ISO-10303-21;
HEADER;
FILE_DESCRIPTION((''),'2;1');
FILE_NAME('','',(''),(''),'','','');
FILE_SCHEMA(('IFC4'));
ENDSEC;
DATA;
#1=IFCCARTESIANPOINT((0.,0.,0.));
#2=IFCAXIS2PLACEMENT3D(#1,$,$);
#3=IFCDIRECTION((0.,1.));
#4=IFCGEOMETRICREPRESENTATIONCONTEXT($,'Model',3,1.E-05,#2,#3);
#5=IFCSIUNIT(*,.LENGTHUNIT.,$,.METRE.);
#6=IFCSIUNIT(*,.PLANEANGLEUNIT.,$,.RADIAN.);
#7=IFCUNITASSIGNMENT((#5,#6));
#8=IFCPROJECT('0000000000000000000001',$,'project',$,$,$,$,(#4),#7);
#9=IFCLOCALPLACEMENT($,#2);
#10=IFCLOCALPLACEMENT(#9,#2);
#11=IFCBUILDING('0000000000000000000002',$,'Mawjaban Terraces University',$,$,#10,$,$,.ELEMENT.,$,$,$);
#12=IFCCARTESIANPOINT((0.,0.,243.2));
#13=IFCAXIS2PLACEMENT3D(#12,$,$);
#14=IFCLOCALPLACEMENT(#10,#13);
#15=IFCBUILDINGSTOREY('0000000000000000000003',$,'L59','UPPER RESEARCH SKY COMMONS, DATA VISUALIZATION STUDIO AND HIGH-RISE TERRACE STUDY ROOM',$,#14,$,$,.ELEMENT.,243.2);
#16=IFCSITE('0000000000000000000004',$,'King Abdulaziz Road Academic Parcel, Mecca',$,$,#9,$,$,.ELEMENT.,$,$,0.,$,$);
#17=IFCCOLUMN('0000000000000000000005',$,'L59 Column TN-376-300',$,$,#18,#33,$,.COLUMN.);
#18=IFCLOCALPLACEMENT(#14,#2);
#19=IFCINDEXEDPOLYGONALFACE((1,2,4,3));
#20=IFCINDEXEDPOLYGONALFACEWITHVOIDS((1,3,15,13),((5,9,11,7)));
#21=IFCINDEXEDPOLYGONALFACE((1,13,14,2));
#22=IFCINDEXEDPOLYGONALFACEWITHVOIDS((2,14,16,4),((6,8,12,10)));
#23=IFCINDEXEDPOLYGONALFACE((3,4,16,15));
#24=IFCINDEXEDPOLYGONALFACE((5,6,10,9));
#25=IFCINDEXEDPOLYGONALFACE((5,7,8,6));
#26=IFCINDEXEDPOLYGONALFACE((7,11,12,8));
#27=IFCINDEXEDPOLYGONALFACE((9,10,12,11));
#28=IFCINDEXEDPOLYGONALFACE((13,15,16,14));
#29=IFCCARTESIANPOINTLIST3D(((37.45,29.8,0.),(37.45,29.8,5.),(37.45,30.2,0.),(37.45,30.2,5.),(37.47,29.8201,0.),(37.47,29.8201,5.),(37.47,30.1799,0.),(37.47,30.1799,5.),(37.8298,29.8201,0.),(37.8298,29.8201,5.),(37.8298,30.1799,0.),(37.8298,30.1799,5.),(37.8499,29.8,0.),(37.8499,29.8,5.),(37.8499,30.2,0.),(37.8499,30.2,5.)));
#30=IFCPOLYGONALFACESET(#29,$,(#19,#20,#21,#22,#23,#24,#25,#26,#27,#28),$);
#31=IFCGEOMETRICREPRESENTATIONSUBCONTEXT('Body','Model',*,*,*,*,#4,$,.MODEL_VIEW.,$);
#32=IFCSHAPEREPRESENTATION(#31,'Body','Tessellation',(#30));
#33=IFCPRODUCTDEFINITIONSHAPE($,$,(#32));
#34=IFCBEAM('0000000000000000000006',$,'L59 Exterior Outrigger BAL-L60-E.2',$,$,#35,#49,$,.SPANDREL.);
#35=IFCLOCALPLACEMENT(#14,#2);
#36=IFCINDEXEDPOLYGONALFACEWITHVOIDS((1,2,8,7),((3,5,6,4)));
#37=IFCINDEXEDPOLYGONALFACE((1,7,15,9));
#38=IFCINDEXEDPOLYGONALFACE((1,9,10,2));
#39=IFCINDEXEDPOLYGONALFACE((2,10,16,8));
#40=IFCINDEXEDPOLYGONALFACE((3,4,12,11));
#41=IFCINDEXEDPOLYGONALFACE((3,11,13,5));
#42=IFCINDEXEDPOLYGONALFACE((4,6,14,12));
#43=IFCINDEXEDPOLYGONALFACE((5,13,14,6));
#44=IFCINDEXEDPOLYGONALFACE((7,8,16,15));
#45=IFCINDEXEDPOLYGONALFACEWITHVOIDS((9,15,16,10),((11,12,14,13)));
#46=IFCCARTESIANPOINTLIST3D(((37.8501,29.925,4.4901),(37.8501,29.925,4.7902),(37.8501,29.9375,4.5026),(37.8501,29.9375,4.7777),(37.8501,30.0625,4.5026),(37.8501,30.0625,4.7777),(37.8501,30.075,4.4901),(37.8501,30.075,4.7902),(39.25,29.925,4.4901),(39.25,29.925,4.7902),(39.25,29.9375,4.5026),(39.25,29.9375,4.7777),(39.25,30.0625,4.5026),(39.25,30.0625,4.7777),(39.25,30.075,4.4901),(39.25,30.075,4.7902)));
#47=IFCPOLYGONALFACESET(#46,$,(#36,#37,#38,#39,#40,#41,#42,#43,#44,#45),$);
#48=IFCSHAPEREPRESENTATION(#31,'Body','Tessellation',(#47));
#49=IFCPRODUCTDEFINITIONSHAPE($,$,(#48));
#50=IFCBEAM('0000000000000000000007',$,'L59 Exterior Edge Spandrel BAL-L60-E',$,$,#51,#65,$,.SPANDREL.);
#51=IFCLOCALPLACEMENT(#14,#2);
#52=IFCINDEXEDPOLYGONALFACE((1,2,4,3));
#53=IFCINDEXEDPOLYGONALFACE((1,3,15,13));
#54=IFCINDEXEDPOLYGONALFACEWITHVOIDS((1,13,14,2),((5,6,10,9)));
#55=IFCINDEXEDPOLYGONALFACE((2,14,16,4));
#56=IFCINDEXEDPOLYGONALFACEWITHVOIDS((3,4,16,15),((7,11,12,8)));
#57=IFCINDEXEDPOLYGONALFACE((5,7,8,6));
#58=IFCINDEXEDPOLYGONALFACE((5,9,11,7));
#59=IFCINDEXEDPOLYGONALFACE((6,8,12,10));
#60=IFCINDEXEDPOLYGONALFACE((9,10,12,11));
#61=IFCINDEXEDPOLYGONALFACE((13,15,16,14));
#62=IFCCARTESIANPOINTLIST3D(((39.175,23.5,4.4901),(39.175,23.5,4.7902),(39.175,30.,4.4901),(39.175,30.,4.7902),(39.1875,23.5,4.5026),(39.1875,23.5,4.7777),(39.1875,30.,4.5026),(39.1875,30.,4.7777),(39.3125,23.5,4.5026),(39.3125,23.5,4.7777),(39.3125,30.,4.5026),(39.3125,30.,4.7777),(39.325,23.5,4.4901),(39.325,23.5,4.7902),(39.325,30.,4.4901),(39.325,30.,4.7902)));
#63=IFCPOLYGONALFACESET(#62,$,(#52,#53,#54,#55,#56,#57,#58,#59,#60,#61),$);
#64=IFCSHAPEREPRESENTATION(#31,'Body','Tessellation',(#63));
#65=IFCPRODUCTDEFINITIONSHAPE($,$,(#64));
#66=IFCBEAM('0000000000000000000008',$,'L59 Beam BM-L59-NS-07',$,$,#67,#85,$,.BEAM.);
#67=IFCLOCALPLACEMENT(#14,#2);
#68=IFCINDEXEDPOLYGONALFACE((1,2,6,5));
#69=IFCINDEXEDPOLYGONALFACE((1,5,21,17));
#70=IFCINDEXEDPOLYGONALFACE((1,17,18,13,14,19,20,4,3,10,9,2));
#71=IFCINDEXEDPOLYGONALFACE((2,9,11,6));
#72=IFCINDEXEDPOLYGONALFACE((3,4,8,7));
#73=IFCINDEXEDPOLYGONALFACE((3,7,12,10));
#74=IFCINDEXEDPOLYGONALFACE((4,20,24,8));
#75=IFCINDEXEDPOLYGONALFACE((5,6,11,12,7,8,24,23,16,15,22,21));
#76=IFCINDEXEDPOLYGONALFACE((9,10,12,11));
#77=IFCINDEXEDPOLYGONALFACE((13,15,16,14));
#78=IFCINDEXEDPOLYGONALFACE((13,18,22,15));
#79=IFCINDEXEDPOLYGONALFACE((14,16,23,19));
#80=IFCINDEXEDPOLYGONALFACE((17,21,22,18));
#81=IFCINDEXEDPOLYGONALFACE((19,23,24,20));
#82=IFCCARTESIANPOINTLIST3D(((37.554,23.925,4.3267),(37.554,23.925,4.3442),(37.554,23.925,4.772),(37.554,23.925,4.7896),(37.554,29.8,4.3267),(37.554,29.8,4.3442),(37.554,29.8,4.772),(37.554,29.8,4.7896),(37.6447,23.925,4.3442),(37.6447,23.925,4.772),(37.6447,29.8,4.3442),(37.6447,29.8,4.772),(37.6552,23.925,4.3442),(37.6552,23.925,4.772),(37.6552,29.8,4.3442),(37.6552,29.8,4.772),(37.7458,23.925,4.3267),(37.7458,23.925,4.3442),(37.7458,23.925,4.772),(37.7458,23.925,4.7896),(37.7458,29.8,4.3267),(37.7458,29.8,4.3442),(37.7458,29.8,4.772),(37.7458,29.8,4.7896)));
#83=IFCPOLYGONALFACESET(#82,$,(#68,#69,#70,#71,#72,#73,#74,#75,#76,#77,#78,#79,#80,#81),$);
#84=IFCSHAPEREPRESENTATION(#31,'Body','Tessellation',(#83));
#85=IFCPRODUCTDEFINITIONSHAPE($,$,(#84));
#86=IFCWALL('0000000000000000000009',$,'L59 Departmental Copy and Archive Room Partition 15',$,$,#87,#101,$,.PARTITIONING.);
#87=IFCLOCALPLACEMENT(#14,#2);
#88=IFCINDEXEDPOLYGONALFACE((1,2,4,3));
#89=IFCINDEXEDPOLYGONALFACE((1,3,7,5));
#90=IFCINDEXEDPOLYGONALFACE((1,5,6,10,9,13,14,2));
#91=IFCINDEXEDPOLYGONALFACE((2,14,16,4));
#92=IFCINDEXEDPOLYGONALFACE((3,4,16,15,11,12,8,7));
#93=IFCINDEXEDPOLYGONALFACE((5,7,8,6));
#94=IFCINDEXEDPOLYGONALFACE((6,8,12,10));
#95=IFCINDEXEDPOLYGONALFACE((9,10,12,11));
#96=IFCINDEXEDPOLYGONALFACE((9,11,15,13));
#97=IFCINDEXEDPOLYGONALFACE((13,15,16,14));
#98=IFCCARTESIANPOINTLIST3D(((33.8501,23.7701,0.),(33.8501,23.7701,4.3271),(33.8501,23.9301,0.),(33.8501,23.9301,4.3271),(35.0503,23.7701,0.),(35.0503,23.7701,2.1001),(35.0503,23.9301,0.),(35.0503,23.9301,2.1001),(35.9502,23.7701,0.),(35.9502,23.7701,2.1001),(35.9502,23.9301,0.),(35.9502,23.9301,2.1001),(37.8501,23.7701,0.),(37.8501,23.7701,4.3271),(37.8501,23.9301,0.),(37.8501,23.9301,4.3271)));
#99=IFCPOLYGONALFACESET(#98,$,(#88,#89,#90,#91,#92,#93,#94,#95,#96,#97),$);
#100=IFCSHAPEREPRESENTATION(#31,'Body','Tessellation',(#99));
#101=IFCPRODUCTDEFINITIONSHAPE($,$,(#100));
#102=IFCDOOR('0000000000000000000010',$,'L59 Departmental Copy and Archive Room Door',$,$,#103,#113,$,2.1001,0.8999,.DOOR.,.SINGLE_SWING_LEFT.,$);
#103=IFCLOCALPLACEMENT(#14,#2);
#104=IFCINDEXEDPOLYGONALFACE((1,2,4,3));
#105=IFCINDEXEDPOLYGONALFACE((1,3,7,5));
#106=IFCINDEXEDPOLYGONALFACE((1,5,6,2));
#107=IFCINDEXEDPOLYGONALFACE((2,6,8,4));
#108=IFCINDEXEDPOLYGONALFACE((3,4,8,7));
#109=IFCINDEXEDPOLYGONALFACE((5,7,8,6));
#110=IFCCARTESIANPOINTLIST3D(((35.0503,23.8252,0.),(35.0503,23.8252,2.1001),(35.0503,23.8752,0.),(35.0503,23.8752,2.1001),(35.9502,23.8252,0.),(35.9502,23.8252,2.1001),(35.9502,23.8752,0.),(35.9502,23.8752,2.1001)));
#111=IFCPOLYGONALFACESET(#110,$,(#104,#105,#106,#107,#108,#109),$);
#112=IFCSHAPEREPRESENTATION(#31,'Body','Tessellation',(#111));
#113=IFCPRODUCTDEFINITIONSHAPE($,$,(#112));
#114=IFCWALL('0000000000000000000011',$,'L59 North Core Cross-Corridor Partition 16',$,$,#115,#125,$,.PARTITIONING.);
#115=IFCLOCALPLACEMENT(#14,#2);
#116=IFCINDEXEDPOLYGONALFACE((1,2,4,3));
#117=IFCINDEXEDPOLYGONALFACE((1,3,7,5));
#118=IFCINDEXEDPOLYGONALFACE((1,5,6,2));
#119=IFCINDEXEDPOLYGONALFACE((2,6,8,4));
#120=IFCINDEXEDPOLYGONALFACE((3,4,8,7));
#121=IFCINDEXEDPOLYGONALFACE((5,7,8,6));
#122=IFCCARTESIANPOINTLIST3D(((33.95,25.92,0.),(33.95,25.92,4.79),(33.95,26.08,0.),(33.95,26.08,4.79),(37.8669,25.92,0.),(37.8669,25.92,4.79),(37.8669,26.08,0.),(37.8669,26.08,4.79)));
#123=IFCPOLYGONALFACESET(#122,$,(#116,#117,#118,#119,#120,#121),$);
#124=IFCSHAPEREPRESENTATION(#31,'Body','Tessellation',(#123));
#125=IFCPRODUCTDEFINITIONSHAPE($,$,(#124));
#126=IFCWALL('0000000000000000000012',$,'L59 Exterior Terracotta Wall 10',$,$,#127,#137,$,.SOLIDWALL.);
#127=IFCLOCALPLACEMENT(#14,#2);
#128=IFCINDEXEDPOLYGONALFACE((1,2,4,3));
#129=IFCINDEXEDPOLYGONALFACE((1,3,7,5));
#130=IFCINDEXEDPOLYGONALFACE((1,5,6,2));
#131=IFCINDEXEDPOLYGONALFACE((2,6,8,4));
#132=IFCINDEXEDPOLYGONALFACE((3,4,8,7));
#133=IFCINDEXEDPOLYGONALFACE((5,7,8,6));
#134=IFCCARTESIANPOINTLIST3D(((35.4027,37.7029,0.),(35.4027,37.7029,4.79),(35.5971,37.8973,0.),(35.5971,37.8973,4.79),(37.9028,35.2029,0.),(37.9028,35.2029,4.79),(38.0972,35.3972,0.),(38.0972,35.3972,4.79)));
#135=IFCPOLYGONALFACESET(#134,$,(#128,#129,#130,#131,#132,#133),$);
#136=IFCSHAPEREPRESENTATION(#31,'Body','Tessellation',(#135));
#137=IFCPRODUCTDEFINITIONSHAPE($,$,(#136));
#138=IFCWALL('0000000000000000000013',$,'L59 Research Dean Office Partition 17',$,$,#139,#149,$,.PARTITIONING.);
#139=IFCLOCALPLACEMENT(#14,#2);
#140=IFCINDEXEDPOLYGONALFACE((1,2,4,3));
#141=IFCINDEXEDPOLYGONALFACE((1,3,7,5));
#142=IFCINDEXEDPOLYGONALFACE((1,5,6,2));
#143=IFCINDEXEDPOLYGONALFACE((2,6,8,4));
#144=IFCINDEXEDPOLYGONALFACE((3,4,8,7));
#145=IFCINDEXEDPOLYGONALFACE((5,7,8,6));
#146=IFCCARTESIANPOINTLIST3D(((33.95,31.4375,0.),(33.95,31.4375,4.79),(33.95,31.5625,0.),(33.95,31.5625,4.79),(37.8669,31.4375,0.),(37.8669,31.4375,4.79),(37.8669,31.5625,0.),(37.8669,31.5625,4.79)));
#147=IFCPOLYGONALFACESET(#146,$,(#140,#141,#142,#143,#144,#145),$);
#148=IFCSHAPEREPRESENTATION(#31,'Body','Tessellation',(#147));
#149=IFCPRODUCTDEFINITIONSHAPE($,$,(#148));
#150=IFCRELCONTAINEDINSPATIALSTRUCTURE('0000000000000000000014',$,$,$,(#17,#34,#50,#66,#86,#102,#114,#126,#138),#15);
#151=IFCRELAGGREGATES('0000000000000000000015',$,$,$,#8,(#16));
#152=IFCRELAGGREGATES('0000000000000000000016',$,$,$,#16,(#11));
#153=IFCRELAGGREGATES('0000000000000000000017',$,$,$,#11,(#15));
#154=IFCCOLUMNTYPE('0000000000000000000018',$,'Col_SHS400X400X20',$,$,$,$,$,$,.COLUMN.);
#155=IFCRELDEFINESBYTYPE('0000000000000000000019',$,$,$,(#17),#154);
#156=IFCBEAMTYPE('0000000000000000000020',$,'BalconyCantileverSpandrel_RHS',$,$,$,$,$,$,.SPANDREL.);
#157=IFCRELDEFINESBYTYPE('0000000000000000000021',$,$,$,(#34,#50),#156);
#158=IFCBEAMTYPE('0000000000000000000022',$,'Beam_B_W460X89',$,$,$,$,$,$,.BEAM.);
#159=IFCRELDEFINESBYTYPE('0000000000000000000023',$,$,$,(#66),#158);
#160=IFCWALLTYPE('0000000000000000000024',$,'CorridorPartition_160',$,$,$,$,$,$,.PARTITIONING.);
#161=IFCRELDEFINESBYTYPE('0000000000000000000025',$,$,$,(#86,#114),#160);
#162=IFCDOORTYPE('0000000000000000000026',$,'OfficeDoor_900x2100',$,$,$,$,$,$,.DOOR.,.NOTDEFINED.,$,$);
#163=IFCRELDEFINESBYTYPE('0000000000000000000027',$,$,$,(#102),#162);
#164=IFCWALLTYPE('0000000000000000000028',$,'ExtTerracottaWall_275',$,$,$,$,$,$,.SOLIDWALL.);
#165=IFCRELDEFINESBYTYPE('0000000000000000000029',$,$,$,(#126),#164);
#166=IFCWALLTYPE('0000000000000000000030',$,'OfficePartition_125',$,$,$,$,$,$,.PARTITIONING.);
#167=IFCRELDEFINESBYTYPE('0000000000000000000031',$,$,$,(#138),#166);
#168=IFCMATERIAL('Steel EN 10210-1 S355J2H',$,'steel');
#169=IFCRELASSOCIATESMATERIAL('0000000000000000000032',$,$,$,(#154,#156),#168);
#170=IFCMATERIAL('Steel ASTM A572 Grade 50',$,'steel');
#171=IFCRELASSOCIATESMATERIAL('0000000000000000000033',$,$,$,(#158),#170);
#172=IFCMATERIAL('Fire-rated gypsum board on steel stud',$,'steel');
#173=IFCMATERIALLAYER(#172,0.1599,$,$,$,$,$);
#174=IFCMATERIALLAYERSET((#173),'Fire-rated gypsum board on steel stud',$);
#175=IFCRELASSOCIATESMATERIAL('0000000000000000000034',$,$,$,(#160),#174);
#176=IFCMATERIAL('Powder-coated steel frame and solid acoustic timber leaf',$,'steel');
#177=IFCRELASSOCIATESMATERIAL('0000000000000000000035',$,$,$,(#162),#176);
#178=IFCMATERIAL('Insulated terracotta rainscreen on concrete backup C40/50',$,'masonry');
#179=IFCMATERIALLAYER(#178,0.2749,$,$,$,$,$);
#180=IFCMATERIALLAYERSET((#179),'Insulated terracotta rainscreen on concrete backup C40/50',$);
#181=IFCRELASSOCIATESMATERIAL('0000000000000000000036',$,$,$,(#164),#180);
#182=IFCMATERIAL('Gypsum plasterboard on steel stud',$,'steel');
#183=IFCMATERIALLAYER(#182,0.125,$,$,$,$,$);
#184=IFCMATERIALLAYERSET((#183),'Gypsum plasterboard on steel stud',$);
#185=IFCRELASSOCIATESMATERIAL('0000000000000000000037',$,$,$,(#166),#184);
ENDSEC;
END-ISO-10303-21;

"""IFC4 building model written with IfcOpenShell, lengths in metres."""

from ifc_helpers import new_model, si_unit, direction, frame, frame_2d, origin, origin_2d, place, context, subcontext, project, spatial, rectangle, hollow_rectangle, i_section, extrude, material, layer, layer_set, material_profile, profile_set, type_object, element, fill, save


model = new_model("IFC4")

# Units and contexts
model_context = context("Model", 3, precision=1e-05, world=origin(), true_north=direction((0.0, 1.0)))
body_context = subcontext(model_context, "Body", "Model", "MODEL_VIEW")
ifc_project = project(units=[si_unit("LENGTHUNIT", "METRE"), si_unit("PLANEANGLEUNIT", "RADIAN")], contexts=[model_context])

# Site, building, storey
site_placement = place(None, origin())
site = spatial("IfcSite", under=ifc_project, at=site_placement, Name="King Abdulaziz Road Academic Parcel, Mecca", CompositionType="ELEMENT", RefElevation=0.0)
building_placement = place(site_placement, origin())
building = spatial("IfcBuilding", under=site, at=building_placement, Name="Mawjaban Terraces University", CompositionType="ELEMENT")
storey_placement = place(building_placement, frame((0.0, 0.0, 243.2)))
storey = spatial("IfcBuildingStorey", under=building, at=storey_placement, Name="L59", Description="UPPER RESEARCH SKY COMMONS, DATA VISUALIZATION STUDIO AND HIGH-RISE TERRACE STUDY ROOM", CompositionType="ELEMENT", Elevation=243.2)

# Column
ifc_material_1 = material(Name="Steel EN 10210-1 S355J2H", Category="steel")
ifc_material_profile_1 = material_profile(ifc_material_1, hollow_rectangle(XDim=0.3999, YDim=0.3999, WallThickness=0.02, at=origin_2d()), Name="SHS400X400X20")
ifc_profile_set_1 = profile_set([ifc_material_profile_1], Name="Steel EN 10210-1 S355J2H")
column_type = type_object("IfcColumnType", Name="Col_SHS400X400X20", PredefinedType="COLUMN", material=ifc_profile_set_1)
column_placement = place(storey_placement, frame((37.6499, 30.0, 0.0), z_axis=(0.0, 0.0, 1.0), x_axis=(1.0, 0.0, 0.0)))
element("IfcColumn", 1, at=column_placement, inside=storey, type_object=column_type, Name="L59 Column TN-376-300", PredefinedType="COLUMN", context=body_context, shape_type="SweptSolid", body=[
    extrude(hollow_rectangle(XDim=0.3999, YDim=0.3999, WallThickness=0.02, at=origin_2d()), origin(), (0.0, 0.0, 1.0), 5.0),
])

# Beams
ifc_material_profile_2 = material_profile(ifc_material_1, hollow_rectangle(XDim=0.1499, YDim=0.3, WallThickness=0.0125, at=origin_2d()), Name="RHS300X150X12.5")
ifc_profile_set_2 = profile_set([ifc_material_profile_2], Name="Steel EN 10210-1 S355J2H")
beam_type_1 = type_object("IfcBeamType", Name="BalconyCantileverSpandrel_RHS", PredefinedType="SPANDREL", material=ifc_profile_set_2)
beam_1_placement = place(storey_placement, frame((37.8501, 30.0, 4.6401), z_axis=(1.0, 0.0, 0.0), x_axis=(0.0, 1.0, 0.0)))
element("IfcBeam", 2, at=beam_1_placement, inside=storey, type_object=beam_type_1, Name="L59 Exterior Outrigger BAL-L60-E.2", PredefinedType="SPANDREL", context=body_context, shape_type="SweptSolid", body=[
    extrude(hollow_rectangle(XDim=0.1499, YDim=0.3, WallThickness=0.0125, at=origin_2d()), origin(), (0.0, 0.0, 1.0), 1.3999),
])
beam_2_placement = place(storey_placement, frame((39.25, 23.5, 4.6401), z_axis=(0.0, 1.0, 0.0), x_axis=(-1.0, 0.0, 0.0)))
element("IfcBeam", 3, at=beam_2_placement, inside=storey, type_object=beam_type_1, Name="L59 Exterior Edge Spandrel BAL-L60-E", PredefinedType="SPANDREL", context=body_context, shape_type="SweptSolid", body=[
    extrude(hollow_rectangle(XDim=0.1499, YDim=0.3, WallThickness=0.0125, at=origin_2d()), origin(), (0.0, 0.0, 1.0), 6.5),
])
ifc_material_2 = material(Name="Steel ASTM A572 Grade 50", Category="steel")
ifc_material_profile_3 = material_profile(ifc_material_2, i_section(OverallWidth=0.1919, OverallDepth=0.4629, WebThickness=0.0105, FlangeThickness=0.0176, at=origin_2d()), Name="W460X89")
ifc_profile_set_3 = profile_set([ifc_material_profile_3], Name="Steel ASTM A572 Grade 50")
beam_type_2 = type_object("IfcBeamType", Name="Beam_B_W460X89", PredefinedType="BEAM", material=ifc_profile_set_3)
beam_3_placement = place(storey_placement, frame((37.6499, 23.925, 4.5581), z_axis=(0.0, 1.0, 0.0), x_axis=(-1.0, 0.0, 0.0)))
element("IfcBeam", 4, at=beam_3_placement, inside=storey, type_object=beam_type_2, Name="L59 Beam BM-L59-NS-07", PredefinedType="BEAM", context=body_context, shape_type="SweptSolid", body=[
    extrude(i_section(OverallWidth=0.1919, OverallDepth=0.4629, WebThickness=0.0105, FlangeThickness=0.0176, at=origin_2d()), origin(), (0.0, 0.0, 1.0), 5.875),
])

# Wall, opening, door
ifc_material_3 = material(Name="Fire-rated gypsum board on steel stud", Category="steel")
ifc_layer_1 = layer(ifc_material_3, 0.1599)
ifc_layer_set_1 = layer_set([ifc_layer_1], Name="Fire-rated gypsum board on steel stud")
wall_type_1 = type_object("IfcWallType", Name="CorridorPartition_160", PredefinedType="PARTITIONING", material=ifc_layer_set_1)
wall_1_placement = place(storey_placement, frame((37.8501, 23.8501, 0.0), z_axis=(0.0, 0.0, 1.0), x_axis=(-1.0, 0.0, 0.0)))
wall_1 = element("IfcWall", 5, at=wall_1_placement, inside=storey, type_object=wall_type_1, Name="L59 Departmental Copy and Archive Room Partition 15", PredefinedType="PARTITIONING", context=body_context, shape_type="SweptSolid", body=[
    extrude(rectangle(XDim=4.0, YDim=0.1599, at=frame_2d((2.0, 0.0))), origin(), (0.0, 0.0, 1.0), 4.3271),
])
opening_placement = place(wall_1_placement, frame((1.8999, 0.0, 0.0)))
opening = element("IfcOpeningElement", 6, at=opening_placement, cuts=wall_1, PredefinedType="OPENING", context=body_context, shape_type="SweptSolid", body=[
    extrude(rectangle(XDim=0.8999, YDim=2.1001, at=frame_2d((0.45, 1.05))), frame((0.0, 0.0898, 0.0), z_axis=(0.0, -1.0, 0.0), x_axis=(1.0, 0.0, 0.0)), (0.0, 0.0, 1.0), 0.1799),
])
ifc_material_4 = material(Name="Powder-coated steel frame and solid acoustic timber leaf", Category="steel")
door_type = type_object("IfcDoorType", Name="OfficeDoor_900x2100", OperationType="NOTDEFINED", PredefinedType="DOOR", material=ifc_material_4)
door_placement = place(opening_placement, origin())
door = element("IfcDoor", 7, at=door_placement, inside=storey, type_object=door_type, Name="L59 Departmental Copy and Archive Room Door", OperationType="SINGLE_SWING_LEFT", OverallHeight=2.1001, OverallWidth=0.8999, PredefinedType="DOOR", context=body_context, shape_type="SweptSolid", body=[
    extrude(rectangle(XDim=0.8999, YDim=2.1001, at=frame_2d((0.45, 1.05))), frame((0.0, 0.0249, 0.0), z_axis=(0.0, -1.0, 0.0), x_axis=(1.0, 0.0, 0.0)), (0.0, 0.0, 1.0), 0.05),
])
fill(opening, door)

# Walls
wall_2_placement = place(storey_placement, frame((37.8669, 26.0, 0.0), z_axis=(0.0, 0.0, 1.0), x_axis=(-1.0, 0.0, 0.0)))
element("IfcWall", 8, at=wall_2_placement, inside=storey, type_object=wall_type_1, Name="L59 North Core Cross-Corridor Partition 16", PredefinedType="PARTITIONING", context=body_context, shape_type="SweptSolid", body=[
    extrude(rectangle(XDim=3.917, YDim=0.1599, at=frame_2d((1.9585, 0.0))), origin(), (0.0, 0.0, 1.0), 4.79),
])
ifc_material_5 = material(Name="Insulated terracotta rainscreen on concrete backup C40/50", Category="masonry")
ifc_layer_2 = layer(ifc_material_5, 0.2749)
ifc_layer_set_2 = layer_set([ifc_layer_2], Name="Insulated terracotta rainscreen on concrete backup C40/50")
wall_type_2 = type_object("IfcWallType", Name="ExtTerracottaWall_275", PredefinedType="SOLIDWALL", material=ifc_layer_set_2)
wall_3_placement = place(storey_placement, frame((38.0, 35.3, 0.0), z_axis=(0.0, 0.0, 1.0), x_axis=(-0.707107, 0.707107, 0.0)))
element("IfcWall", 9, at=wall_3_placement, inside=storey, type_object=wall_type_2, Name="L59 Exterior Terracotta Wall 10", PredefinedType="SOLIDWALL", context=body_context, shape_type="SweptSolid", body=[
    extrude(rectangle(XDim=3.5356, YDim=0.2749, at=frame_2d((1.7678, 0.0))), origin(), (0.0, 0.0, 1.0), 4.79),
])
ifc_material_6 = material(Name="Gypsum plasterboard on steel stud", Category="steel")
ifc_layer_3 = layer(ifc_material_6, 0.125)
ifc_layer_set_3 = layer_set([ifc_layer_3], Name="Gypsum plasterboard on steel stud")
wall_type_3 = type_object("IfcWallType", Name="OfficePartition_125", PredefinedType="PARTITIONING", material=ifc_layer_set_3)
wall_4_placement = place(storey_placement, frame((37.8669, 31.5, 0.0), z_axis=(0.0, 0.0, 1.0), x_axis=(-1.0, 0.0, 0.0)))
element("IfcWall", 10, at=wall_4_placement, inside=storey, type_object=wall_type_3, Name="L59 Research Dean Office Partition 17", PredefinedType="PARTITIONING", context=body_context, shape_type="SweptSolid", body=[
    extrude(rectangle(XDim=3.917, YDim=0.125, at=frame_2d((1.9585, 0.0))), origin(), (0.0, 0.0, 1.0), 4.79),
])

save(model, "model.ifc")
